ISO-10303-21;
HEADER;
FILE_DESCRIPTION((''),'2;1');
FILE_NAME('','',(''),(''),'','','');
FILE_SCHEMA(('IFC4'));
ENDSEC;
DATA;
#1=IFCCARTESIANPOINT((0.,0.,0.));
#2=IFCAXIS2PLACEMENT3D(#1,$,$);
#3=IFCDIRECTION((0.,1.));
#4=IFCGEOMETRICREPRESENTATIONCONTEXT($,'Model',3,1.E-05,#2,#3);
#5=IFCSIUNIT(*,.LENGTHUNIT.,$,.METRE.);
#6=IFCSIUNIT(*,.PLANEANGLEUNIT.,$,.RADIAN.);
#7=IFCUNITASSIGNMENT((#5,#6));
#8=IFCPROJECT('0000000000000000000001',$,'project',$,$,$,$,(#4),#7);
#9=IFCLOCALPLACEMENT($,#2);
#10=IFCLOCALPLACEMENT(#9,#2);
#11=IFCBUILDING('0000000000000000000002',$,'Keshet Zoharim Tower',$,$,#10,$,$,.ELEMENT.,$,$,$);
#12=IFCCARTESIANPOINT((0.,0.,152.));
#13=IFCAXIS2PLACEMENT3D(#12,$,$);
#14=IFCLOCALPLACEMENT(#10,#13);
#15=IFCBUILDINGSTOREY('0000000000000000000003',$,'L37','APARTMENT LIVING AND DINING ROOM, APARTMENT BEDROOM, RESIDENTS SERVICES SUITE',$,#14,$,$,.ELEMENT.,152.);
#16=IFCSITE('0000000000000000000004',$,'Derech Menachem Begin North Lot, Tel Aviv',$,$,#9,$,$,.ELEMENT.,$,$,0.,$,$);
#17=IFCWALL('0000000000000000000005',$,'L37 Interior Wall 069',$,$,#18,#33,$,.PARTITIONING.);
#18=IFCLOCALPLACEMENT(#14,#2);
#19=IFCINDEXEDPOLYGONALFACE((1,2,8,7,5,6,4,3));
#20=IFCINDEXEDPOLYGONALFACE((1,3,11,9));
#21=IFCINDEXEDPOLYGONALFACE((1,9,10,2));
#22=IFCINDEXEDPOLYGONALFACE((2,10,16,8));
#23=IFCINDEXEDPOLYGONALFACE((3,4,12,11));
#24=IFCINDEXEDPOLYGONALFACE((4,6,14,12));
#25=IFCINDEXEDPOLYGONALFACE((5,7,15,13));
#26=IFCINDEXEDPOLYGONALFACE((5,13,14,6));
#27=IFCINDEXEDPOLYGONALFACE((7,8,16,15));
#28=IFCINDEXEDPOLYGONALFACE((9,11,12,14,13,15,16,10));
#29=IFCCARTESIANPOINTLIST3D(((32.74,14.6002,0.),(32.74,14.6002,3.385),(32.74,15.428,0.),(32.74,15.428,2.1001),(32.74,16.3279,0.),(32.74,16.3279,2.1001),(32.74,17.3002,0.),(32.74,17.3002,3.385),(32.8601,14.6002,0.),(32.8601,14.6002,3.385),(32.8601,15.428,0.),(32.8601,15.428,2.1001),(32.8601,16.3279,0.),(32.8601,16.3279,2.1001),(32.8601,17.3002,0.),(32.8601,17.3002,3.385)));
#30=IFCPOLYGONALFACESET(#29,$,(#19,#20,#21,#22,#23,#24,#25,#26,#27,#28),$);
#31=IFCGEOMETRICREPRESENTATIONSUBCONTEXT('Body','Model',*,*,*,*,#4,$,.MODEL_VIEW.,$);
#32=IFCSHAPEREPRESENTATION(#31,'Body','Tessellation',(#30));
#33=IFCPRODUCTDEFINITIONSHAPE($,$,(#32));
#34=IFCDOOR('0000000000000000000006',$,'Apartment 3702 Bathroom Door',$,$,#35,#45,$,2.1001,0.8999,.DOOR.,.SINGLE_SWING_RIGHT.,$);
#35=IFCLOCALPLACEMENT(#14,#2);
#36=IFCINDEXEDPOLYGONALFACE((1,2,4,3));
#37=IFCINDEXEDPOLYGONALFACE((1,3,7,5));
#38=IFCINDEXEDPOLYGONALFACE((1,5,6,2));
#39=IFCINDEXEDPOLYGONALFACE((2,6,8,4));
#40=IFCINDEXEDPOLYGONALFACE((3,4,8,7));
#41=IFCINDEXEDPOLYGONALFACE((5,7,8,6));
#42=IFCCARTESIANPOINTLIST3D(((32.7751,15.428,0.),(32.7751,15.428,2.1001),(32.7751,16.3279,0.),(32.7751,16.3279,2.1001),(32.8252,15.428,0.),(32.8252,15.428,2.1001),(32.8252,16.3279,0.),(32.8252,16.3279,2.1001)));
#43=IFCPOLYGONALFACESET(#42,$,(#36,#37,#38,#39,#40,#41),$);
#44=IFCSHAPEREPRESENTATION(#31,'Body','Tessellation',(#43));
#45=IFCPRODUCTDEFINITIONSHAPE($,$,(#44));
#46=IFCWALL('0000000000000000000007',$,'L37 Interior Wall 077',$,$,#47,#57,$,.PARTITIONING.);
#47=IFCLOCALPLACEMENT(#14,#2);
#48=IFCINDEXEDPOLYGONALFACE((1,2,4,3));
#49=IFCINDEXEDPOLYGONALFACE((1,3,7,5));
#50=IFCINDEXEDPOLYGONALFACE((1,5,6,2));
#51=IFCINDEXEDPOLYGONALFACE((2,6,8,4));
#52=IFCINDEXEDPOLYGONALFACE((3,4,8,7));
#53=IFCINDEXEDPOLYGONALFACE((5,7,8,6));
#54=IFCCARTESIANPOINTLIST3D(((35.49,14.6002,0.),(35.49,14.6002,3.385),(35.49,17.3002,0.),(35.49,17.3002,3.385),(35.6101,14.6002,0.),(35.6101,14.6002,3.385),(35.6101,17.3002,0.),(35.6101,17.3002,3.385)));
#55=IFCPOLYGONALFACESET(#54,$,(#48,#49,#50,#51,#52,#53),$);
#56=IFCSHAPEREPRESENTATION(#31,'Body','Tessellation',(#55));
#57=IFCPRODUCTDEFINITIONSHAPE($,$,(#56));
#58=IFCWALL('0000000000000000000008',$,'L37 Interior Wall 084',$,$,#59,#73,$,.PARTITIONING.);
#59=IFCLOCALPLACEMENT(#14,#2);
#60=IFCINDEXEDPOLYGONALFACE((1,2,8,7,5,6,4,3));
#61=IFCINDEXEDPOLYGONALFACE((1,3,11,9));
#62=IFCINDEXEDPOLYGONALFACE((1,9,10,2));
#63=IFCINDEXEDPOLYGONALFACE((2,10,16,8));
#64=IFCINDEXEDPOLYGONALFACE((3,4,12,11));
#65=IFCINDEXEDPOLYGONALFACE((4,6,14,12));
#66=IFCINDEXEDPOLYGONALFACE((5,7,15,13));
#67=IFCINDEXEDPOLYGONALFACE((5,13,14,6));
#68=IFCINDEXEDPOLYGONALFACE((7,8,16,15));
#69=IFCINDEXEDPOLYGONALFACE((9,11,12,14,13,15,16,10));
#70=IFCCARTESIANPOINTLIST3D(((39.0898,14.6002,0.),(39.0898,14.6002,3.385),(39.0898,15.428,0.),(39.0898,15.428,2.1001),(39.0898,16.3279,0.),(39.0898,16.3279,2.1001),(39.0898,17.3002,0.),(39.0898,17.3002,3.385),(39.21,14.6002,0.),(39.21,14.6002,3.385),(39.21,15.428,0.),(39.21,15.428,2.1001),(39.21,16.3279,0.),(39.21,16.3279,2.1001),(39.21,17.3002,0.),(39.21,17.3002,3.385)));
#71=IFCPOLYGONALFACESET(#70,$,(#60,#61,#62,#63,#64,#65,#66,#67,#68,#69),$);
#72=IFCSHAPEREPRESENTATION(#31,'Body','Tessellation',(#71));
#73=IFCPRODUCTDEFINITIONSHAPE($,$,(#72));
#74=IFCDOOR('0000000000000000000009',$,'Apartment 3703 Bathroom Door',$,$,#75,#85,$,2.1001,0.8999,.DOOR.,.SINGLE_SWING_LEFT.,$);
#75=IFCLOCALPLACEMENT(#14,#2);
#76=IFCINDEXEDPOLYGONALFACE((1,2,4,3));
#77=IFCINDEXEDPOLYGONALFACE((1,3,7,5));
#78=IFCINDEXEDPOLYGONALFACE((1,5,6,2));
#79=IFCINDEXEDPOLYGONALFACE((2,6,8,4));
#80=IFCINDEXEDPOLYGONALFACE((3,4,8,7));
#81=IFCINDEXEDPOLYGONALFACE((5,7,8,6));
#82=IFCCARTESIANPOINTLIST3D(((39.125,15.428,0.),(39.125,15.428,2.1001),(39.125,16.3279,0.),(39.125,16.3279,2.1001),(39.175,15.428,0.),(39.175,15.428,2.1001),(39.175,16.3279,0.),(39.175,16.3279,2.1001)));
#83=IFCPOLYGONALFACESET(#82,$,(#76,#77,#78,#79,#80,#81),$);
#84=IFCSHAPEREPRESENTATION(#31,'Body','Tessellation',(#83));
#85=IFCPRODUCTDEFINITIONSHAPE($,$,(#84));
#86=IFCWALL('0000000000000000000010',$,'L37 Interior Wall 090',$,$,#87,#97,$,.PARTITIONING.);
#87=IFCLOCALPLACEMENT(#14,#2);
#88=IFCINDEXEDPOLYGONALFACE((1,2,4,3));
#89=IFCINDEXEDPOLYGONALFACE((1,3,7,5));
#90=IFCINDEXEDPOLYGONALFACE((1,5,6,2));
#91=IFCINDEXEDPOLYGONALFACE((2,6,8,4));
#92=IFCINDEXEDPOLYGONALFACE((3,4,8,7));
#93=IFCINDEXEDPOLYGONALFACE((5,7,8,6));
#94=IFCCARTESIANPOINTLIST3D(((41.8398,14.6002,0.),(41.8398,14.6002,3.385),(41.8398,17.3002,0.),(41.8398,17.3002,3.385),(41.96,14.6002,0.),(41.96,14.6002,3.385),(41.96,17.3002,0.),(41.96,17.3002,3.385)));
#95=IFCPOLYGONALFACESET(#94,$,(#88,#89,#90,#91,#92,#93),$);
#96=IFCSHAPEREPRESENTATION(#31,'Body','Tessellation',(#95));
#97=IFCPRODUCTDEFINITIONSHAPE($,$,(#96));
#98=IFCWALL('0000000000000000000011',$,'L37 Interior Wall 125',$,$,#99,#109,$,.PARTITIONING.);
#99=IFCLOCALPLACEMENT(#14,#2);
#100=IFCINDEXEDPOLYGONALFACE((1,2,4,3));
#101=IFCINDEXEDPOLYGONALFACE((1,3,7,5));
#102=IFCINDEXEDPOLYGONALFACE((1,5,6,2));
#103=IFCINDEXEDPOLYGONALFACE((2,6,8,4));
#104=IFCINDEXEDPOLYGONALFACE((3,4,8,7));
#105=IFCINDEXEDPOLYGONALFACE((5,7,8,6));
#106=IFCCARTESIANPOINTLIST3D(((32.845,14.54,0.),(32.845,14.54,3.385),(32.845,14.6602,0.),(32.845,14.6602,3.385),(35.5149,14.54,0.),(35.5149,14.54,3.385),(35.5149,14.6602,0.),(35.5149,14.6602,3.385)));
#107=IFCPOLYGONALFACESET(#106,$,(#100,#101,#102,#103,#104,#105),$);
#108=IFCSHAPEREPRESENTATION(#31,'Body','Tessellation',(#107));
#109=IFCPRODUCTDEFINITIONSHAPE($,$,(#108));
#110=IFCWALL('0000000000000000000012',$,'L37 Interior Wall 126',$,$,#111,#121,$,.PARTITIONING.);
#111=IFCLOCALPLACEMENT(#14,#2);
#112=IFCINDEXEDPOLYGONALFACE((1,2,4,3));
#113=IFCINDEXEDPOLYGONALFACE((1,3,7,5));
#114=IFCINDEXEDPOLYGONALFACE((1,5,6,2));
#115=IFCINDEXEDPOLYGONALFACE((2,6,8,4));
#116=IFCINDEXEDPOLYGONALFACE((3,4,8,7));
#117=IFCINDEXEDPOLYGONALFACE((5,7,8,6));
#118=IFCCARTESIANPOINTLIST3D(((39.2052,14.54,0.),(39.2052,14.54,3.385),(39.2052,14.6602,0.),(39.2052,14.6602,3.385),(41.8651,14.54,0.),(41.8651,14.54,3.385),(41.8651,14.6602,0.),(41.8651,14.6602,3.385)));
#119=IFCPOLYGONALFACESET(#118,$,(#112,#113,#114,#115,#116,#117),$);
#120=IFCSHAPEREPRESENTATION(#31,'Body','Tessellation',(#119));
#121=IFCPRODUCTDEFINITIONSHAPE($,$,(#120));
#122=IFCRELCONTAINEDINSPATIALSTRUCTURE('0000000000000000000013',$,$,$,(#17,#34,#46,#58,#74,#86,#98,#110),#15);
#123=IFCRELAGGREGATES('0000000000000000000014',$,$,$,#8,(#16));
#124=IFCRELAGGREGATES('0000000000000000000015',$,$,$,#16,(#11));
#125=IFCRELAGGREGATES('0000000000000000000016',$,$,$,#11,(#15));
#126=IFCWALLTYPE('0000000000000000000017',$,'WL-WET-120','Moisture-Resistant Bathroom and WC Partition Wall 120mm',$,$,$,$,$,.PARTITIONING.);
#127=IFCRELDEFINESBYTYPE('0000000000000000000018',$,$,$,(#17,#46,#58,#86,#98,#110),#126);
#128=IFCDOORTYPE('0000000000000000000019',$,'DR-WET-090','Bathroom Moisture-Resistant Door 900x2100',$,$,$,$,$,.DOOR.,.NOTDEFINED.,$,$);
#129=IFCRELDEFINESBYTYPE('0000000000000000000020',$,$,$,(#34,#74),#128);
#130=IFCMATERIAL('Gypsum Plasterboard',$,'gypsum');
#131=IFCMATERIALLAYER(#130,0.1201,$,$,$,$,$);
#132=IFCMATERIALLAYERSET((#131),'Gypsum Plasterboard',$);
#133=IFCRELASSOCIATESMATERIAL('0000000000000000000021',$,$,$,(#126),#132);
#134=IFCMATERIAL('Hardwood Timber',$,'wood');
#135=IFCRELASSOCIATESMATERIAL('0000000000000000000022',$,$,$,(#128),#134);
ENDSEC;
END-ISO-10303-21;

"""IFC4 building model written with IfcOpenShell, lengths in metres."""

from ifc_helpers import new_model, si_unit, direction, frame, frame_2d, origin, place, context, subcontext, project, spatial, rectangle, extrude, material, layer, layer_set, type_object, element, fill, save


model = new_model("IFC4")

# Units and contexts
model_context = context("Model", 3, precision=1e-05, world=origin(), true_north=direction((0.0, 1.0)))
body_context = subcontext(model_context, "Body", "Model", "MODEL_VIEW")
ifc_project = project(units=[si_unit("LENGTHUNIT", "METRE"), si_unit("PLANEANGLEUNIT", "RADIAN")], contexts=[model_context])

# Site, building, storey
site_placement = place(None, origin())
site = spatial("IfcSite", under=ifc_project, at=site_placement, Name="Derech Menachem Begin North Lot, Tel Aviv", CompositionType="ELEMENT", RefElevation=0.0)
building_placement = place(site_placement, origin())
building = spatial("IfcBuilding", under=site, at=building_placement, Name="Keshet Zoharim Tower", CompositionType="ELEMENT")
storey_placement = place(building_placement, frame((0.0, 0.0, 152.0)))
storey = spatial("IfcBuildingStorey", under=building, at=storey_placement, Name="L37", Description="APARTMENT LIVING AND DINING ROOM, APARTMENT BEDROOM, RESIDENTS SERVICES SUITE", CompositionType="ELEMENT", Elevation=152.0)

# Shared definitions
ifc_material_1 = material(Name="Gypsum Plasterboard", Category="gypsum")
ifc_material_2 = material(Name="Hardwood Timber", Category="wood")

# Wall, opening, door
ifc_layer_1 = layer(ifc_material_1, 0.1201)
ifc_layer_set_1 = layer_set([ifc_layer_1], Name="Gypsum Plasterboard")
wall_type_1 = type_object("IfcWallType", Name="WL-WET-120", Description="Moisture-Resistant Bathroom and WC Partition Wall 120mm", PredefinedType="PARTITIONING", material=ifc_layer_set_1)
wall_1_placement = place(storey_placement, frame((32.8, 14.6001, 0.0), z_axis=(0.0, 0.0, 1.0), x_axis=(0.0, 1.0, 0.0)))
wall_1 = element("IfcWall", 1, at=wall_1_placement, inside=storey, type_object=wall_type_1, Name="L37 Interior Wall 069", PredefinedType="PARTITIONING", context=body_context, shape_type="SweptSolid", body=[
    extrude(rectangle(XDim=2.7, YDim=0.1201, at=frame_2d((1.3501, 0.0))), origin(), (0.0, 0.0, 1.0), 3.385),
])
opening_1_placement = place(wall_1_placement, frame((0.8279, 0.0, 0.0)))
opening_1 = element("IfcOpeningElement", 2, at=opening_1_placement, cuts=wall_1, PredefinedType="OPENING", context=body_context, shape_type="SweptSolid", body=[
    extrude(rectangle(XDim=0.8999, YDim=2.1001, at=frame_2d((0.45, 1.05))), frame((0.0, 0.0701, 0.0), z_axis=(0.0, -1.0, 0.0), x_axis=(1.0, 0.0, 0.0)), (0.0, 0.0, 1.0), 0.1401),
])
door_type_1 = type_object("IfcDoorType", Name="DR-WET-090", Description="Bathroom Moisture-Resistant Door 900x2100", OperationType="NOTDEFINED", PredefinedType="DOOR", material=ifc_material_2)
door_1_placement = place(opening_1_placement, origin())
door_1 = element("IfcDoor", 3, at=door_1_placement, inside=storey, type_object=door_type_1, Name="Apartment 3702 Bathroom Door", OperationType="SINGLE_SWING_RIGHT", OverallHeight=2.1001, OverallWidth=0.8999, PredefinedType="DOOR", context=body_context, shape_type="SweptSolid", body=[
    extrude(rectangle(XDim=0.8999, YDim=2.1001, at=frame_2d((0.45, 1.05))), frame((0.0, 0.0249, 0.0), z_axis=(0.0, -1.0, 0.0), x_axis=(1.0, 0.0, 0.0)), (0.0, 0.0, 1.0), 0.05),
])
fill(opening_1, door_1)

# Wall
wall_2_placement = place(storey_placement, frame((35.55, 14.6001, 0.0), z_axis=(0.0, 0.0, 1.0), x_axis=(0.0, 1.0, 0.0)))
element("IfcWall", 4, at=wall_2_placement, inside=storey, type_object=wall_type_1, Name="L37 Interior Wall 077", PredefinedType="PARTITIONING", context=body_context, shape_type="SweptSolid", body=[
    extrude(rectangle(XDim=2.7, YDim=0.1201, at=frame_2d((1.3501, 0.0))), origin(), (0.0, 0.0, 1.0), 3.385),
])

# Wall, opening, door
wall_3_placement = place(storey_placement, frame((39.1499, 14.6001, 0.0), z_axis=(0.0, 0.0, 1.0), x_axis=(0.0, 1.0, 0.0)))
wall_3 = element("IfcWall", 5, at=wall_3_placement, inside=storey, type_object=wall_type_1, Name="L37 Interior Wall 084", PredefinedType="PARTITIONING", context=body_context, shape_type="SweptSolid", body=[
    extrude(rectangle(XDim=2.7, YDim=0.1201, at=frame_2d((1.3501, 0.0))), origin(), (0.0, 0.0, 1.0), 3.385),
])
opening_2_placement = place(wall_3_placement, frame((0.8279, 0.0, 0.0)))
opening_2 = element("IfcOpeningElement", 6, at=opening_2_placement, cuts=wall_3, PredefinedType="OPENING", context=body_context, shape_type="SweptSolid", body=[
    extrude(rectangle(XDim=0.8999, YDim=2.1001, at=frame_2d((0.45, 1.05))), frame((0.0, 0.0701, 0.0), z_axis=(0.0, -1.0, 0.0), x_axis=(1.0, 0.0, 0.0)), (0.0, 0.0, 1.0), 0.1401),
])
door_2_placement = place(opening_2_placement, origin())
door_2 = element("IfcDoor", 7, at=door_2_placement, inside=storey, type_object=door_type_1, Name="Apartment 3703 Bathroom Door", OperationType="SINGLE_SWING_LEFT", OverallHeight=2.1001, OverallWidth=0.8999, PredefinedType="DOOR", context=body_context, shape_type="SweptSolid", body=[
    extrude(rectangle(XDim=0.8999, YDim=2.1001, at=frame_2d((0.45, 1.05))), frame((0.0, 0.0249, 0.0), z_axis=(0.0, -1.0, 0.0), x_axis=(1.0, 0.0, 0.0)), (0.0, 0.0, 1.0), 0.05),
])
fill(opening_2, door_2)

# Walls
wall_4_placement = place(storey_placement, frame((41.8999, 14.6001, 0.0), z_axis=(0.0, 0.0, 1.0), x_axis=(0.0, 1.0, 0.0)))
element("IfcWall", 8, at=wall_4_placement, inside=storey, type_object=wall_type_1, Name="L37 Interior Wall 090", PredefinedType="PARTITIONING", context=body_context, shape_type="SweptSolid", body=[
    extrude(rectangle(XDim=2.7, YDim=0.1201, at=frame_2d((1.3501, 0.0))), origin(), (0.0, 0.0, 1.0), 3.385),
])
wall_5_placement = place(storey_placement, frame((32.845, 14.6001, 0.0), z_axis=(0.0, 0.0, 1.0), x_axis=(1.0, 0.0, 0.0)))
element("IfcWall", 9, at=wall_5_placement, inside=storey, type_object=wall_type_1, Name="L37 Interior Wall 125", PredefinedType="PARTITIONING", context=body_context, shape_type="SweptSolid", body=[
    extrude(rectangle(XDim=2.6699, YDim=0.1201, at=frame_2d((1.335, 0.0))), origin(), (0.0, 0.0, 1.0), 3.385),
])
wall_6_placement = place(storey_placement, frame((39.2051, 14.6001, 0.0), z_axis=(0.0, 0.0, 1.0), x_axis=(1.0, 0.0, 0.0)))
element("IfcWall", 10, at=wall_6_placement, inside=storey, type_object=wall_type_1, Name="L37 Interior Wall 126", PredefinedType="PARTITIONING", context=body_context, shape_type="SweptSolid", body=[
    extrude(rectangle(XDim=2.6599, YDim=0.1201, at=frame_2d((1.3301, 0.0))), origin(), (0.0, 0.0, 1.0), 3.385),
])

save(model, "model.ifc")
